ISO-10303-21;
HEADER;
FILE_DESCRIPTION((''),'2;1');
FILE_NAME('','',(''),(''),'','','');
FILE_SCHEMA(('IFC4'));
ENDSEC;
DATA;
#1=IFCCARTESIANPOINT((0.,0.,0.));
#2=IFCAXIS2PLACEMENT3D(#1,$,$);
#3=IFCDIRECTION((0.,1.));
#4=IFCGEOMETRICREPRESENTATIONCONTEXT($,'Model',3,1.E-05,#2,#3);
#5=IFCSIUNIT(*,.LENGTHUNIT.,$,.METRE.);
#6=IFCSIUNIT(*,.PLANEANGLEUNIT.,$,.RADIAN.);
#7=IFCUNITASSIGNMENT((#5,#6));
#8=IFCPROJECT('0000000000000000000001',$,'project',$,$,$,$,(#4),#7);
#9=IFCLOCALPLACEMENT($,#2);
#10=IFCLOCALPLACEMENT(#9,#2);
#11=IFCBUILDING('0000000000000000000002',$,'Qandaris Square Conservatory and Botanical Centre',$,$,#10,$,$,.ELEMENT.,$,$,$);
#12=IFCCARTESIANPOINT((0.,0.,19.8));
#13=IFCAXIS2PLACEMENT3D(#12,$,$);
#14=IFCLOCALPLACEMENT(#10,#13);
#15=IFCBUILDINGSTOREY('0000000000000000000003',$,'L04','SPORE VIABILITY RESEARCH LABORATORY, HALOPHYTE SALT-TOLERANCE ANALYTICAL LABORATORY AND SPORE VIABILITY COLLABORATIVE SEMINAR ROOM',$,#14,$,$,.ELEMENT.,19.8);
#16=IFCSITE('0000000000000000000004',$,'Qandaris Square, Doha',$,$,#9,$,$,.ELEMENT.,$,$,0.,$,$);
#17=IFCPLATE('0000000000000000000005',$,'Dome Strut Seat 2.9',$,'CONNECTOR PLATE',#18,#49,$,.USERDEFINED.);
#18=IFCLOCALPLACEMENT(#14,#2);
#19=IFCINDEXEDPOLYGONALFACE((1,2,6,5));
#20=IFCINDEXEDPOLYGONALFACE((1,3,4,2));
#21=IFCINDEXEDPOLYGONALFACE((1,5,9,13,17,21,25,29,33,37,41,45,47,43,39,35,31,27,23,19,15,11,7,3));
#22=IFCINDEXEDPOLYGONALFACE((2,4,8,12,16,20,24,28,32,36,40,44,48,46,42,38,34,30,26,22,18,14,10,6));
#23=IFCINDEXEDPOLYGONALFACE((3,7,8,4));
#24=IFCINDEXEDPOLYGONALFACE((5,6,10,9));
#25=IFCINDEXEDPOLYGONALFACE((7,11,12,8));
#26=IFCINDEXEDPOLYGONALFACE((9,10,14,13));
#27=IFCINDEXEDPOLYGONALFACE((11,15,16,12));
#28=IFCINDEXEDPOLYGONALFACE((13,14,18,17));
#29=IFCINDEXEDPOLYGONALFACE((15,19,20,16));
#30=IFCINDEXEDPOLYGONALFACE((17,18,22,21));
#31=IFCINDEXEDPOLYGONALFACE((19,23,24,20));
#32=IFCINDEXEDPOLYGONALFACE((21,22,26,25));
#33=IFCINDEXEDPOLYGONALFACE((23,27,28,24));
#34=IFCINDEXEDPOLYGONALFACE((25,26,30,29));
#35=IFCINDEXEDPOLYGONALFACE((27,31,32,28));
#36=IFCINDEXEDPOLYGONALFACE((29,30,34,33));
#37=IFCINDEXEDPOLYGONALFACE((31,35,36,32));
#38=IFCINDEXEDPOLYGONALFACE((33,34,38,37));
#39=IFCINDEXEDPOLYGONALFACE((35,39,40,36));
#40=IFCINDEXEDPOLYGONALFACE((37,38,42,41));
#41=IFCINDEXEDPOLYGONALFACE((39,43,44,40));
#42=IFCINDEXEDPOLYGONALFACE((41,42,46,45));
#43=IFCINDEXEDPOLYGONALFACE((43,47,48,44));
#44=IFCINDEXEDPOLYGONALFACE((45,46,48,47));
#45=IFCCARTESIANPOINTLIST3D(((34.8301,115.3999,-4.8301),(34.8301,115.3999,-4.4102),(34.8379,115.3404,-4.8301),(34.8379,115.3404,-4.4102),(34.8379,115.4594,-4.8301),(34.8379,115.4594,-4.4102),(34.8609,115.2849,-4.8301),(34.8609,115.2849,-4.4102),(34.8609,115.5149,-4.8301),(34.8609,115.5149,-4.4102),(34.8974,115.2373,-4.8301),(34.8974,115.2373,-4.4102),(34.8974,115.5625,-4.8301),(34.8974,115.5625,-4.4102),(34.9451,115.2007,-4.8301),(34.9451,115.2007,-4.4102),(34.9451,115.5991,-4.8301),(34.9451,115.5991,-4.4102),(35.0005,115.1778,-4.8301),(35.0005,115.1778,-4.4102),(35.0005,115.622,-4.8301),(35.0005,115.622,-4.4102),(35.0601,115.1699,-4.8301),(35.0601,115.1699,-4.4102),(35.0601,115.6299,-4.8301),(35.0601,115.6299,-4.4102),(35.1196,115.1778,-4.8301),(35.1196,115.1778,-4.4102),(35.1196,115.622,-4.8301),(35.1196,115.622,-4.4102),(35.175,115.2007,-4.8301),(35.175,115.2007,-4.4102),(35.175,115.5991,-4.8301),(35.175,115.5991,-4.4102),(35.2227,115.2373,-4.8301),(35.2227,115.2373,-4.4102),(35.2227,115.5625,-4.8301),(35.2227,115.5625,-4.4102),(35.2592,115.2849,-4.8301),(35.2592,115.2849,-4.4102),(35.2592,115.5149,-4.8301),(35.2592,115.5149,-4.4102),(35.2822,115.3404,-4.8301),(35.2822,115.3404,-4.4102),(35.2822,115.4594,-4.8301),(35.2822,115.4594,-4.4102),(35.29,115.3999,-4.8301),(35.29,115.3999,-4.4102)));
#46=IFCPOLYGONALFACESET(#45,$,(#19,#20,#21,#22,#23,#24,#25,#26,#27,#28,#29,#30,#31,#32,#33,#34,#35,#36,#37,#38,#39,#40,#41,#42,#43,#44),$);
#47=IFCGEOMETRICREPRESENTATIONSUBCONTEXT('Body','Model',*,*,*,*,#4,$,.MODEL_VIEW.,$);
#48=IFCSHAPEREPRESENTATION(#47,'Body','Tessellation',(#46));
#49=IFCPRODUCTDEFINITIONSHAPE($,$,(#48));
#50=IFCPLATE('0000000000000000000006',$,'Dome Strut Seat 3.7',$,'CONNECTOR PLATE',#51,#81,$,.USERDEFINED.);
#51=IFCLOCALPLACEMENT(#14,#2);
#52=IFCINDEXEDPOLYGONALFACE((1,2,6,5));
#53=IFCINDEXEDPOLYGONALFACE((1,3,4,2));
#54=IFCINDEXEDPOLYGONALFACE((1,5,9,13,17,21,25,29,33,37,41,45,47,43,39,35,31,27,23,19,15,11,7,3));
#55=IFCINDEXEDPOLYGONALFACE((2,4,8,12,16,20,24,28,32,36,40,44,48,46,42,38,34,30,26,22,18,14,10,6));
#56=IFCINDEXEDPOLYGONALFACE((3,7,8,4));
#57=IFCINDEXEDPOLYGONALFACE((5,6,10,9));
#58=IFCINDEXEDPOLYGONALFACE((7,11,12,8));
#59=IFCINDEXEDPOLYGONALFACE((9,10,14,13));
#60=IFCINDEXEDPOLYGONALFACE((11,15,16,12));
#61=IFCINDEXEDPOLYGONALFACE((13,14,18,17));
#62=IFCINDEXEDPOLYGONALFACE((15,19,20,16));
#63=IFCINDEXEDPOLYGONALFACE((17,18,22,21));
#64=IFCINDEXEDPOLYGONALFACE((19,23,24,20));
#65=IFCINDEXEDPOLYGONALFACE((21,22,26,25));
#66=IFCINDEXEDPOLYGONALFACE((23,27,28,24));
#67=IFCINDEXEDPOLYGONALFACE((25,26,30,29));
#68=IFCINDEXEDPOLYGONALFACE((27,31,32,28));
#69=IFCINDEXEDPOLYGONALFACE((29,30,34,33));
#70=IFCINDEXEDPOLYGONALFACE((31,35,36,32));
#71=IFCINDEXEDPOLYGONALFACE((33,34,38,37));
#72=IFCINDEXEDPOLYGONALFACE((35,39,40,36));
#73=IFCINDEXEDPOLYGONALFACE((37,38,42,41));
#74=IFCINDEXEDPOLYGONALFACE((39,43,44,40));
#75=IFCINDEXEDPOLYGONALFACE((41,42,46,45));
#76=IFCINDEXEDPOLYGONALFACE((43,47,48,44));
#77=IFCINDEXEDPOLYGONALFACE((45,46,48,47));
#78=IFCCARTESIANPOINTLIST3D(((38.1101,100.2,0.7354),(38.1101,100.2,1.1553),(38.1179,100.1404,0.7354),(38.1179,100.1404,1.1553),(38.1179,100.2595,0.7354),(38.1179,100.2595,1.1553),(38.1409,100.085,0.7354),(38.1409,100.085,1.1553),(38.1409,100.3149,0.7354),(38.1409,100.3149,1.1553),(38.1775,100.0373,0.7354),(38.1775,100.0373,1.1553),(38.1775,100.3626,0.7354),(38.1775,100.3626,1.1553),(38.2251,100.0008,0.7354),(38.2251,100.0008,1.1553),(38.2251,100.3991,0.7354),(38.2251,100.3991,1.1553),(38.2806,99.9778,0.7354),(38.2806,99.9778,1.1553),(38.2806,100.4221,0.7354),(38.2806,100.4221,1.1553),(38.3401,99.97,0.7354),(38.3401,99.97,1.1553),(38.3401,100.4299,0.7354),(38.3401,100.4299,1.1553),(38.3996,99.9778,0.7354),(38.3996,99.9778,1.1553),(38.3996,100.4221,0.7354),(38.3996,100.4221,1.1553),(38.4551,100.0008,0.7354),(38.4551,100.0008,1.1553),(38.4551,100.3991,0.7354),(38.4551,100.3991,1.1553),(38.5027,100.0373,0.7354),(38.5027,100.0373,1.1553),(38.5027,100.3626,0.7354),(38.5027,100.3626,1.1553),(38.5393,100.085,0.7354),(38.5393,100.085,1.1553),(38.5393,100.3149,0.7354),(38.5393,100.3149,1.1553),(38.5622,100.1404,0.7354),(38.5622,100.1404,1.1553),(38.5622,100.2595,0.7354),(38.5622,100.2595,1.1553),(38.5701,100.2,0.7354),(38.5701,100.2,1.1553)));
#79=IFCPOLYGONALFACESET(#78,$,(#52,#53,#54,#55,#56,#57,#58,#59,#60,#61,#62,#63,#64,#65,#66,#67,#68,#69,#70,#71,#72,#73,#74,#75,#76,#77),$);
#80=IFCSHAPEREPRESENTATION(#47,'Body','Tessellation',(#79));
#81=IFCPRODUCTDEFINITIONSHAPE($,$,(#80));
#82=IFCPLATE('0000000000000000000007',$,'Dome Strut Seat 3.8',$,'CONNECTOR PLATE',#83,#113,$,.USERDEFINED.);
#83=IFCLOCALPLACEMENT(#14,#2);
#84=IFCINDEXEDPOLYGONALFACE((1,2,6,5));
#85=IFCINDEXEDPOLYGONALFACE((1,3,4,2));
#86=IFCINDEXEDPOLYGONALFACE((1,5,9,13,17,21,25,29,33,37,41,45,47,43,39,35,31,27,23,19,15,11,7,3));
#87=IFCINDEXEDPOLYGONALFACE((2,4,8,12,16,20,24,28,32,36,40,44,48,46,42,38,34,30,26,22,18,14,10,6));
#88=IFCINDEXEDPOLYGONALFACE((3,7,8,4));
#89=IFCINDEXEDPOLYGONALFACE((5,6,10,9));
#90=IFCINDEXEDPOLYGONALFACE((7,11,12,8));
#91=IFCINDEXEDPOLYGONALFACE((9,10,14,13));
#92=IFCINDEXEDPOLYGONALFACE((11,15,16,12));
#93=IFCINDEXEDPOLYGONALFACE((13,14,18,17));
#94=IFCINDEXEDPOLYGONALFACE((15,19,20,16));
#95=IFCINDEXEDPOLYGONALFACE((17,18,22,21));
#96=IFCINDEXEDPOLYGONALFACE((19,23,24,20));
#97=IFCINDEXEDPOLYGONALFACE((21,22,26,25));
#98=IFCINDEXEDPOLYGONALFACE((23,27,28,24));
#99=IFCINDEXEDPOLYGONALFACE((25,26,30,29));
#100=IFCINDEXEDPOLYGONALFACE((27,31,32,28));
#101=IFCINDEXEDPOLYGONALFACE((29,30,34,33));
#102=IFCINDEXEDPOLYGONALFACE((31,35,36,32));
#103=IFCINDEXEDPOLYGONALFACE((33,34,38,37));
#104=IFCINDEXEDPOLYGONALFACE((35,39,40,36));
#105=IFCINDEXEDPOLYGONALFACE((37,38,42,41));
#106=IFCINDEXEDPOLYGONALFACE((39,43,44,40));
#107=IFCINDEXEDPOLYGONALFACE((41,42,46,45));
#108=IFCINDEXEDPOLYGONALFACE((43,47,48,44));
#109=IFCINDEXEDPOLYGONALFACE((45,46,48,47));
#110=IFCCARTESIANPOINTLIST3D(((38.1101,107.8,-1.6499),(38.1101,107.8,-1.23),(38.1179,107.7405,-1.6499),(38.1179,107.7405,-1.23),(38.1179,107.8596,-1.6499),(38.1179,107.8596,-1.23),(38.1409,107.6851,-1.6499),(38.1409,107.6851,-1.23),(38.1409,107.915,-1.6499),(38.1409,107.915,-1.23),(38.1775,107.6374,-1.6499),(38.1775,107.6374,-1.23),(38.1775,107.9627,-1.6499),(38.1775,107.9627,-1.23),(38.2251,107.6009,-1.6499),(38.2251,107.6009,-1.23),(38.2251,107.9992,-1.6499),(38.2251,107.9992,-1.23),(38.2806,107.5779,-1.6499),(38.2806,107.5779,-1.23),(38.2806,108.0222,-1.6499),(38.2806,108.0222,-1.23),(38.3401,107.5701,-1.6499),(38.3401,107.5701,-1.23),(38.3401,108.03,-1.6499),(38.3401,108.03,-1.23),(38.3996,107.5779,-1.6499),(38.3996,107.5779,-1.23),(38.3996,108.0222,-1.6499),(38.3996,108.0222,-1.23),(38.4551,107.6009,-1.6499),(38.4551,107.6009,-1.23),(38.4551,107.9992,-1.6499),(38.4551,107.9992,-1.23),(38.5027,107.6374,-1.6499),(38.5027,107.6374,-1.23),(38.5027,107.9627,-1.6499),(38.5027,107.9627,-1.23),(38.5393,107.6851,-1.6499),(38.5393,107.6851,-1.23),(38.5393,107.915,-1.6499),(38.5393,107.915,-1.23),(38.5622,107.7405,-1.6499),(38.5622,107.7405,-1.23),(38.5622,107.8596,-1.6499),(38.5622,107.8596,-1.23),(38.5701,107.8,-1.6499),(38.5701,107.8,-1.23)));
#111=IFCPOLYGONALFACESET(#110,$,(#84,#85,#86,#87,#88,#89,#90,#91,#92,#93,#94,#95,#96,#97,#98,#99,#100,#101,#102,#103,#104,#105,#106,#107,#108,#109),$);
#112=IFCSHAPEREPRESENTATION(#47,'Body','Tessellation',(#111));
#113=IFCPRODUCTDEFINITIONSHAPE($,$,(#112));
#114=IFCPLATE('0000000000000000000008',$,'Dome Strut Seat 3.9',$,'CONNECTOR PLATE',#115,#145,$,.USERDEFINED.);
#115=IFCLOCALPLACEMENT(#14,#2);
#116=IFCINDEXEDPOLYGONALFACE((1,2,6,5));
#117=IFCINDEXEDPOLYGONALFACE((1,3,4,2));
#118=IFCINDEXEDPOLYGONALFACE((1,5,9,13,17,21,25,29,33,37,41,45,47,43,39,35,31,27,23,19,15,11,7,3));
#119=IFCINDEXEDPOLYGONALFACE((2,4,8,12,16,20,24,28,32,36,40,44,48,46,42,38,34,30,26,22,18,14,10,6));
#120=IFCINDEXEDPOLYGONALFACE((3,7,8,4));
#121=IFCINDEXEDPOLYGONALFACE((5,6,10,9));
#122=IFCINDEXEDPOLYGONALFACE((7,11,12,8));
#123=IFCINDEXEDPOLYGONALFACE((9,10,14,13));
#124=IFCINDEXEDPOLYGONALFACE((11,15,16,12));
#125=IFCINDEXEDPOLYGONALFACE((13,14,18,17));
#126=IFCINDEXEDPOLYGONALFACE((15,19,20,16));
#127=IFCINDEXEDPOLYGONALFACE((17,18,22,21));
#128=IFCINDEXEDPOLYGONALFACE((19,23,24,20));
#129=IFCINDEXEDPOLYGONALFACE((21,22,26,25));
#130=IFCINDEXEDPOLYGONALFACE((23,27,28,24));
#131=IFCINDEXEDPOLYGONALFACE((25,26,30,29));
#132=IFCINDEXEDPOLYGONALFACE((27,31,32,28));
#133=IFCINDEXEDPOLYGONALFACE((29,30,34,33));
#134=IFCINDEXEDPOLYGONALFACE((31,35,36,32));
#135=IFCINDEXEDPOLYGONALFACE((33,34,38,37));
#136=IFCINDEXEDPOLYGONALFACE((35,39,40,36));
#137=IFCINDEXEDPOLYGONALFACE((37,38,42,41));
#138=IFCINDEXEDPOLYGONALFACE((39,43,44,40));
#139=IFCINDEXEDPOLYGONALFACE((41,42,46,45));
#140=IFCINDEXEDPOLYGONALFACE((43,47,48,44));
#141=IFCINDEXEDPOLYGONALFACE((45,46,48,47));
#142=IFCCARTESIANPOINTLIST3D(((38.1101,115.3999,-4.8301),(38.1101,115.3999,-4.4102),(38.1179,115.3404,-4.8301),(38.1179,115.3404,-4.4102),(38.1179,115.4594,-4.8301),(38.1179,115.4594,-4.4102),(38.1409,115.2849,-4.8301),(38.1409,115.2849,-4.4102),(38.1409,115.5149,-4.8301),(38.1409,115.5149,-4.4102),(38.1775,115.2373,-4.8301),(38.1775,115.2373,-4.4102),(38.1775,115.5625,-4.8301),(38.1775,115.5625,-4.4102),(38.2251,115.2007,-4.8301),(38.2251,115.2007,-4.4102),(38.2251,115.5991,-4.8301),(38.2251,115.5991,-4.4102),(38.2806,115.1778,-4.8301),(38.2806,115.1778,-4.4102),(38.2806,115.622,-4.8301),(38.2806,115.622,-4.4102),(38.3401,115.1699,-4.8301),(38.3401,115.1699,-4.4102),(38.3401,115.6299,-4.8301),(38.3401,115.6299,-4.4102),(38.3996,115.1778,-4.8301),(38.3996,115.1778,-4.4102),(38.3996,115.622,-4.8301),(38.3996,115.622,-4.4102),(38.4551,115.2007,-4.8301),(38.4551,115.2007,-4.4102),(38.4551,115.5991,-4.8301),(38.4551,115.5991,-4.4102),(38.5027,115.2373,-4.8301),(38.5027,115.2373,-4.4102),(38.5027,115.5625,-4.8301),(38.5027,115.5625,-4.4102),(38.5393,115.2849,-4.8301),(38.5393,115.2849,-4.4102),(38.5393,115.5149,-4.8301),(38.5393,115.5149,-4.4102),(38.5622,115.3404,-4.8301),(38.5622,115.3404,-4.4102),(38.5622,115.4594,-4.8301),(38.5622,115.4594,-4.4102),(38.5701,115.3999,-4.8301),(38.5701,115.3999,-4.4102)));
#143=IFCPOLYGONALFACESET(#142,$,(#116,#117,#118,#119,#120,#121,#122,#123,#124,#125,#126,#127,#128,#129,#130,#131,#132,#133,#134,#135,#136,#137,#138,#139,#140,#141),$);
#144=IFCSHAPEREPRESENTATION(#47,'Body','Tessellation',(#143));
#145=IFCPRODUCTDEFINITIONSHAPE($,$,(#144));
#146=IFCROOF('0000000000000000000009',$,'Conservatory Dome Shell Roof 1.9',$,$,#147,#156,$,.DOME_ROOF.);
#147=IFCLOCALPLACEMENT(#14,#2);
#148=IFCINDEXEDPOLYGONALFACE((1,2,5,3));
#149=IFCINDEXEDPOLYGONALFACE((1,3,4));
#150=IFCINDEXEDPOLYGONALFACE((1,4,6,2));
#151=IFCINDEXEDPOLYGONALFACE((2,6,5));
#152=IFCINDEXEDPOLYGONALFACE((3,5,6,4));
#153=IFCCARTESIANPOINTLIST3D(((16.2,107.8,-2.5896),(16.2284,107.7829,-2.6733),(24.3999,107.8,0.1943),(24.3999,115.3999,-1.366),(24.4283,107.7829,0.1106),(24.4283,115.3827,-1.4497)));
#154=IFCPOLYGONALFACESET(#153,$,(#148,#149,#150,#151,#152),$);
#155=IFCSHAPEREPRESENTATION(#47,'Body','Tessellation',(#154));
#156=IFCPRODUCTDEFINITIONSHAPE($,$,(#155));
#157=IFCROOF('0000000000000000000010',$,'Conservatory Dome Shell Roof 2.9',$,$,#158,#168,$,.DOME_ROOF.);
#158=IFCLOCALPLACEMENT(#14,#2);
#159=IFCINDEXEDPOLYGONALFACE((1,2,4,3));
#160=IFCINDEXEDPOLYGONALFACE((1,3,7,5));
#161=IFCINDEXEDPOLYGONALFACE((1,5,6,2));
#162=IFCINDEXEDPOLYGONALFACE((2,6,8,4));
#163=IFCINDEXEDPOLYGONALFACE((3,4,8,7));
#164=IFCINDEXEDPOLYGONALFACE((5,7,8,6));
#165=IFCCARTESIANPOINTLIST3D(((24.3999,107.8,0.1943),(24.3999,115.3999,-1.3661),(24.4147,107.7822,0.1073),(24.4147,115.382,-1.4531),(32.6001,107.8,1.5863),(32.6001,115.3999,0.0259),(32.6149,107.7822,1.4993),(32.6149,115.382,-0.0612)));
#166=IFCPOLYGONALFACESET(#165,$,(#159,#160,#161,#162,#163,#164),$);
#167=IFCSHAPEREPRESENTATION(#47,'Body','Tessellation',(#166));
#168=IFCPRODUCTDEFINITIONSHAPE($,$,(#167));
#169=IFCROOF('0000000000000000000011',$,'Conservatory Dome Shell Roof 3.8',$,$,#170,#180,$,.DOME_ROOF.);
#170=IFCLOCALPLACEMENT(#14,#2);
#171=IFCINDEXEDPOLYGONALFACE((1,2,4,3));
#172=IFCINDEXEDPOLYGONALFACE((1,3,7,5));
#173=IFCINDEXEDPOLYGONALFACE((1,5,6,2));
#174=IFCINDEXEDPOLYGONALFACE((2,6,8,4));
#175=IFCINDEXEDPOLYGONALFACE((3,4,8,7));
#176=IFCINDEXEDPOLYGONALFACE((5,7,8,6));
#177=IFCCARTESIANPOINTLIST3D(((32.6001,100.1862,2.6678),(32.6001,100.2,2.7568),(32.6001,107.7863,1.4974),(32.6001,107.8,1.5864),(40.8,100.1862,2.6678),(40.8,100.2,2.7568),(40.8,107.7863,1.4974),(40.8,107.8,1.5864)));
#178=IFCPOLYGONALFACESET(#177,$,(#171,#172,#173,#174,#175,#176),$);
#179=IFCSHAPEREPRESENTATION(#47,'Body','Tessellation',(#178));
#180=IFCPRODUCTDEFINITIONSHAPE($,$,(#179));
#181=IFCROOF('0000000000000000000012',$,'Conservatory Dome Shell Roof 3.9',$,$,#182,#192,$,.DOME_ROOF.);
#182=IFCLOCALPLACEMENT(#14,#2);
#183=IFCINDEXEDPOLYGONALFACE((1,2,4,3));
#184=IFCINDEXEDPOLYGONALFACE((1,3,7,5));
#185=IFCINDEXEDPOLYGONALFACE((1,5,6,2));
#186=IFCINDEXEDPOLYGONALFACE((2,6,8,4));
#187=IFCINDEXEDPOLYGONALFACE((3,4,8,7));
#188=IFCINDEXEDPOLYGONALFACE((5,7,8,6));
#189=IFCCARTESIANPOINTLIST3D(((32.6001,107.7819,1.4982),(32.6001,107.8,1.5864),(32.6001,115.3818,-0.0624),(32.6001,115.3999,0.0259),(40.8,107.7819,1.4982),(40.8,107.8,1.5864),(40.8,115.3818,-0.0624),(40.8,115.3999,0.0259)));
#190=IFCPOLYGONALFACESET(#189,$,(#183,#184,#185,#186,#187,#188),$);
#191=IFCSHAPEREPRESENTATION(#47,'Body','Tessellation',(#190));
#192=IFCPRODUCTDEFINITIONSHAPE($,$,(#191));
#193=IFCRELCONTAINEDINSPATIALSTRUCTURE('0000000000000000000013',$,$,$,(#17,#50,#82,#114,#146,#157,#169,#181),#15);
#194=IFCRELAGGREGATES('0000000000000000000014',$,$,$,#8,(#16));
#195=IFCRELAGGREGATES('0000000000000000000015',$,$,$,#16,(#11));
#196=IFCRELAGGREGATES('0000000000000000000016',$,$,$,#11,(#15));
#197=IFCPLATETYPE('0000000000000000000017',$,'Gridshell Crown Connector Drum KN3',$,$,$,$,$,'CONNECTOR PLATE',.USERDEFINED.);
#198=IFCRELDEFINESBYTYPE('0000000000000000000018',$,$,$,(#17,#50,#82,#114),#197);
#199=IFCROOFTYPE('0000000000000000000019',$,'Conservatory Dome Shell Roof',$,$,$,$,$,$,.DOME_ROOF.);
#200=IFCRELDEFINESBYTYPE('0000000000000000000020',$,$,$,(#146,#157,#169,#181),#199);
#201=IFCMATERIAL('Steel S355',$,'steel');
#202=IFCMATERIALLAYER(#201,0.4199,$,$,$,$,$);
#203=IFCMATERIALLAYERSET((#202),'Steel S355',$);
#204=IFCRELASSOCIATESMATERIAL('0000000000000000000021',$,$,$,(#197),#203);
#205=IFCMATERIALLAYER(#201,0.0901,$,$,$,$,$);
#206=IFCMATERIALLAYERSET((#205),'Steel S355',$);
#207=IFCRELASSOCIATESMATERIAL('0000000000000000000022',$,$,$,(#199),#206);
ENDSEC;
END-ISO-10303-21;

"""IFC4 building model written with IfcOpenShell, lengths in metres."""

from ifc_helpers import new_model, si_unit, direction, frame, origin, origin_2d, place, context, subcontext, project, spatial, polyline, circle, outline, extrude, material, layer, layer_set, type_object, element, save


model = new_model("IFC4")

# Units and contexts
model_context = context("Model", 3, precision=1e-05, world=origin(), true_north=direction((0.0, 1.0)))
body_context = subcontext(model_context, "Body", "Model", "MODEL_VIEW")
ifc_project = project(units=[si_unit("LENGTHUNIT", "METRE"), si_unit("PLANEANGLEUNIT", "RADIAN")], contexts=[model_context])

# Site, building, storey
site_placement = place(None, origin())
site = spatial("IfcSite", under=ifc_project, at=site_placement, Name="Qandaris Square, Doha", CompositionType="ELEMENT", RefElevation=0.0)
building_placement = place(site_placement, origin())
building = spatial("IfcBuilding", under=site, at=building_placement, Name="Qandaris Square Conservatory and Botanical Centre", CompositionType="ELEMENT")
storey_placement = place(building_placement, frame((0.0, 0.0, 19.8)))
storey = spatial("IfcBuildingStorey", under=building, at=storey_placement, Name="L04", Description="SPORE VIABILITY RESEARCH LABORATORY, HALOPHYTE SALT-TOLERANCE ANALYTICAL LABORATORY AND SPORE VIABILITY COLLABORATIVE SEMINAR ROOM", CompositionType="ELEMENT", Elevation=19.8)

# Shared definitions
ifc_material = material(Name="Steel S355", Category="steel")

# Plates
ifc_layer_1 = layer(ifc_material, 0.4199)
ifc_layer_set_1 = layer_set([ifc_layer_1], Name="Steel S355")
plate_type = type_object("IfcPlateType", Name="Gridshell Crown Connector Drum KN3", ElementType="CONNECTOR PLATE", PredefinedType="USERDEFINED", material=ifc_layer_set_1)
for number, where, z_axis, x_axis, name in (
    (1, (35.0601, 115.3999, -4.8301), (0.0, 0.0, 1.0), (1.0, 0.0, 0.0), "Dome Strut Seat 2.9"),
    (2, (38.3401, 100.2, 0.7354), (0.0, 0.0, 1.0), (1.0, 0.0, 0.0), "Dome Strut Seat 3.7"),
    (3, (38.3401, 107.8, -1.6499), (0.0, 0.0, 1.0), (1.0, 0.0, 0.0), "Dome Strut Seat 3.8"),
    (4, (38.3401, 115.3999, -4.8301), (0.0, 0.0, 1.0), (1.0, 0.0, 0.0), "Dome Strut Seat 3.9"),
):
    element("IfcPlate", number, at=place(storey_placement, frame(where, z_axis=z_axis, x_axis=x_axis)), inside=storey, type_object=plate_type, Name=name, ObjectType="CONNECTOR PLATE", PredefinedType="USERDEFINED", context=body_context, shape_type="SweptSolid", body=[
        extrude(circle(Radius=0.23, at=origin_2d()), origin(), (0.0, 0.0, 1.0), 0.4199),
    ])

# Roofs
ifc_layer_2 = layer(ifc_material, 0.0901)
ifc_layer_set_2 = layer_set([ifc_layer_2], Name="Steel S355")
roof_type = type_object("IfcRoofType", Name="Conservatory Dome Shell Roof", PredefinedType="DOME_ROOF", material=ifc_layer_set_2)
roof_1_placement = place(storey_placement, frame((16.2, 107.8, -2.5896), z_axis=(-0.315575, 0.190835, 0.929513), x_axis=(0.946915, 0.0, 0.321484)))
element("IfcRoof", 5, at=roof_1_placement, inside=storey, type_object=roof_type, Name="Conservatory Dome Shell Roof 1.9", PredefinedType="DOME_ROOF", context=body_context, shape_type="SweptSolid", body=[
    extrude(outline(polyline([(0.0, 0.0), (8.6596, 0.0), (8.158, 7.7421), (0.0, 0.0)])), origin(), (0.0, 0.0, -1.0), 0.0901),
])
roof_2_placement = place(storey_placement, frame((24.3999, 107.8, 0.1943), z_axis=(-0.164027, 0.198403, 0.966298), x_axis=(0.985897, -0.000003, 0.167355)))
element("IfcRoof", 6, at=roof_2_placement, inside=storey, type_object=roof_type, Name="Conservatory Dome Shell Roof 2.9", PredefinedType="DOME_ROOF", context=body_context, shape_type="SweptSolid", body=[
    extrude(outline(polyline([(0.0, 0.0), (8.3175, 0.0), (8.0563, 7.754), (-0.2611, 7.754), (0.0, 0.0)])), origin(), (0.0, 0.0, -1.0), 0.0901),
])
roof_3_placement = place(storey_placement, frame((32.6001, 100.2, 2.7568), z_axis=(0.0, 0.152205, 0.988349), x_axis=(1.0, 0.0, 0.0)))
element("IfcRoof", 7, at=roof_3_placement, inside=storey, type_object=roof_type, Name="Conservatory Dome Shell Roof 3.8", PredefinedType="DOME_ROOF", context=body_context, shape_type="SweptSolid", body=[
    extrude(outline(polyline([(0.0, 0.0), (8.2, 0.0), (8.2, 7.6897), (0.0, 7.6897), (0.0, 0.0)])), origin(), (0.0, 0.0, -1.0), 0.0901),
])
roof_4_placement = place(storey_placement, frame((32.6001, 107.8, 1.5864), z_axis=(0.0, 0.201142, 0.979562), x_axis=(1.0, 0.0, 0.0)))
element("IfcRoof", 8, at=roof_4_placement, inside=storey, type_object=roof_type, Name="Conservatory Dome Shell Roof 3.9", PredefinedType="DOME_ROOF", context=body_context, shape_type="SweptSolid", body=[
    extrude(outline(polyline([(0.0, 0.0), (8.2, 0.0), (8.2, 7.7584), (0.0, 7.7584), (0.0, 0.0)])), origin(), (0.0, 0.0, -1.0), 0.0901),
])

save(model, "model.ifc")
